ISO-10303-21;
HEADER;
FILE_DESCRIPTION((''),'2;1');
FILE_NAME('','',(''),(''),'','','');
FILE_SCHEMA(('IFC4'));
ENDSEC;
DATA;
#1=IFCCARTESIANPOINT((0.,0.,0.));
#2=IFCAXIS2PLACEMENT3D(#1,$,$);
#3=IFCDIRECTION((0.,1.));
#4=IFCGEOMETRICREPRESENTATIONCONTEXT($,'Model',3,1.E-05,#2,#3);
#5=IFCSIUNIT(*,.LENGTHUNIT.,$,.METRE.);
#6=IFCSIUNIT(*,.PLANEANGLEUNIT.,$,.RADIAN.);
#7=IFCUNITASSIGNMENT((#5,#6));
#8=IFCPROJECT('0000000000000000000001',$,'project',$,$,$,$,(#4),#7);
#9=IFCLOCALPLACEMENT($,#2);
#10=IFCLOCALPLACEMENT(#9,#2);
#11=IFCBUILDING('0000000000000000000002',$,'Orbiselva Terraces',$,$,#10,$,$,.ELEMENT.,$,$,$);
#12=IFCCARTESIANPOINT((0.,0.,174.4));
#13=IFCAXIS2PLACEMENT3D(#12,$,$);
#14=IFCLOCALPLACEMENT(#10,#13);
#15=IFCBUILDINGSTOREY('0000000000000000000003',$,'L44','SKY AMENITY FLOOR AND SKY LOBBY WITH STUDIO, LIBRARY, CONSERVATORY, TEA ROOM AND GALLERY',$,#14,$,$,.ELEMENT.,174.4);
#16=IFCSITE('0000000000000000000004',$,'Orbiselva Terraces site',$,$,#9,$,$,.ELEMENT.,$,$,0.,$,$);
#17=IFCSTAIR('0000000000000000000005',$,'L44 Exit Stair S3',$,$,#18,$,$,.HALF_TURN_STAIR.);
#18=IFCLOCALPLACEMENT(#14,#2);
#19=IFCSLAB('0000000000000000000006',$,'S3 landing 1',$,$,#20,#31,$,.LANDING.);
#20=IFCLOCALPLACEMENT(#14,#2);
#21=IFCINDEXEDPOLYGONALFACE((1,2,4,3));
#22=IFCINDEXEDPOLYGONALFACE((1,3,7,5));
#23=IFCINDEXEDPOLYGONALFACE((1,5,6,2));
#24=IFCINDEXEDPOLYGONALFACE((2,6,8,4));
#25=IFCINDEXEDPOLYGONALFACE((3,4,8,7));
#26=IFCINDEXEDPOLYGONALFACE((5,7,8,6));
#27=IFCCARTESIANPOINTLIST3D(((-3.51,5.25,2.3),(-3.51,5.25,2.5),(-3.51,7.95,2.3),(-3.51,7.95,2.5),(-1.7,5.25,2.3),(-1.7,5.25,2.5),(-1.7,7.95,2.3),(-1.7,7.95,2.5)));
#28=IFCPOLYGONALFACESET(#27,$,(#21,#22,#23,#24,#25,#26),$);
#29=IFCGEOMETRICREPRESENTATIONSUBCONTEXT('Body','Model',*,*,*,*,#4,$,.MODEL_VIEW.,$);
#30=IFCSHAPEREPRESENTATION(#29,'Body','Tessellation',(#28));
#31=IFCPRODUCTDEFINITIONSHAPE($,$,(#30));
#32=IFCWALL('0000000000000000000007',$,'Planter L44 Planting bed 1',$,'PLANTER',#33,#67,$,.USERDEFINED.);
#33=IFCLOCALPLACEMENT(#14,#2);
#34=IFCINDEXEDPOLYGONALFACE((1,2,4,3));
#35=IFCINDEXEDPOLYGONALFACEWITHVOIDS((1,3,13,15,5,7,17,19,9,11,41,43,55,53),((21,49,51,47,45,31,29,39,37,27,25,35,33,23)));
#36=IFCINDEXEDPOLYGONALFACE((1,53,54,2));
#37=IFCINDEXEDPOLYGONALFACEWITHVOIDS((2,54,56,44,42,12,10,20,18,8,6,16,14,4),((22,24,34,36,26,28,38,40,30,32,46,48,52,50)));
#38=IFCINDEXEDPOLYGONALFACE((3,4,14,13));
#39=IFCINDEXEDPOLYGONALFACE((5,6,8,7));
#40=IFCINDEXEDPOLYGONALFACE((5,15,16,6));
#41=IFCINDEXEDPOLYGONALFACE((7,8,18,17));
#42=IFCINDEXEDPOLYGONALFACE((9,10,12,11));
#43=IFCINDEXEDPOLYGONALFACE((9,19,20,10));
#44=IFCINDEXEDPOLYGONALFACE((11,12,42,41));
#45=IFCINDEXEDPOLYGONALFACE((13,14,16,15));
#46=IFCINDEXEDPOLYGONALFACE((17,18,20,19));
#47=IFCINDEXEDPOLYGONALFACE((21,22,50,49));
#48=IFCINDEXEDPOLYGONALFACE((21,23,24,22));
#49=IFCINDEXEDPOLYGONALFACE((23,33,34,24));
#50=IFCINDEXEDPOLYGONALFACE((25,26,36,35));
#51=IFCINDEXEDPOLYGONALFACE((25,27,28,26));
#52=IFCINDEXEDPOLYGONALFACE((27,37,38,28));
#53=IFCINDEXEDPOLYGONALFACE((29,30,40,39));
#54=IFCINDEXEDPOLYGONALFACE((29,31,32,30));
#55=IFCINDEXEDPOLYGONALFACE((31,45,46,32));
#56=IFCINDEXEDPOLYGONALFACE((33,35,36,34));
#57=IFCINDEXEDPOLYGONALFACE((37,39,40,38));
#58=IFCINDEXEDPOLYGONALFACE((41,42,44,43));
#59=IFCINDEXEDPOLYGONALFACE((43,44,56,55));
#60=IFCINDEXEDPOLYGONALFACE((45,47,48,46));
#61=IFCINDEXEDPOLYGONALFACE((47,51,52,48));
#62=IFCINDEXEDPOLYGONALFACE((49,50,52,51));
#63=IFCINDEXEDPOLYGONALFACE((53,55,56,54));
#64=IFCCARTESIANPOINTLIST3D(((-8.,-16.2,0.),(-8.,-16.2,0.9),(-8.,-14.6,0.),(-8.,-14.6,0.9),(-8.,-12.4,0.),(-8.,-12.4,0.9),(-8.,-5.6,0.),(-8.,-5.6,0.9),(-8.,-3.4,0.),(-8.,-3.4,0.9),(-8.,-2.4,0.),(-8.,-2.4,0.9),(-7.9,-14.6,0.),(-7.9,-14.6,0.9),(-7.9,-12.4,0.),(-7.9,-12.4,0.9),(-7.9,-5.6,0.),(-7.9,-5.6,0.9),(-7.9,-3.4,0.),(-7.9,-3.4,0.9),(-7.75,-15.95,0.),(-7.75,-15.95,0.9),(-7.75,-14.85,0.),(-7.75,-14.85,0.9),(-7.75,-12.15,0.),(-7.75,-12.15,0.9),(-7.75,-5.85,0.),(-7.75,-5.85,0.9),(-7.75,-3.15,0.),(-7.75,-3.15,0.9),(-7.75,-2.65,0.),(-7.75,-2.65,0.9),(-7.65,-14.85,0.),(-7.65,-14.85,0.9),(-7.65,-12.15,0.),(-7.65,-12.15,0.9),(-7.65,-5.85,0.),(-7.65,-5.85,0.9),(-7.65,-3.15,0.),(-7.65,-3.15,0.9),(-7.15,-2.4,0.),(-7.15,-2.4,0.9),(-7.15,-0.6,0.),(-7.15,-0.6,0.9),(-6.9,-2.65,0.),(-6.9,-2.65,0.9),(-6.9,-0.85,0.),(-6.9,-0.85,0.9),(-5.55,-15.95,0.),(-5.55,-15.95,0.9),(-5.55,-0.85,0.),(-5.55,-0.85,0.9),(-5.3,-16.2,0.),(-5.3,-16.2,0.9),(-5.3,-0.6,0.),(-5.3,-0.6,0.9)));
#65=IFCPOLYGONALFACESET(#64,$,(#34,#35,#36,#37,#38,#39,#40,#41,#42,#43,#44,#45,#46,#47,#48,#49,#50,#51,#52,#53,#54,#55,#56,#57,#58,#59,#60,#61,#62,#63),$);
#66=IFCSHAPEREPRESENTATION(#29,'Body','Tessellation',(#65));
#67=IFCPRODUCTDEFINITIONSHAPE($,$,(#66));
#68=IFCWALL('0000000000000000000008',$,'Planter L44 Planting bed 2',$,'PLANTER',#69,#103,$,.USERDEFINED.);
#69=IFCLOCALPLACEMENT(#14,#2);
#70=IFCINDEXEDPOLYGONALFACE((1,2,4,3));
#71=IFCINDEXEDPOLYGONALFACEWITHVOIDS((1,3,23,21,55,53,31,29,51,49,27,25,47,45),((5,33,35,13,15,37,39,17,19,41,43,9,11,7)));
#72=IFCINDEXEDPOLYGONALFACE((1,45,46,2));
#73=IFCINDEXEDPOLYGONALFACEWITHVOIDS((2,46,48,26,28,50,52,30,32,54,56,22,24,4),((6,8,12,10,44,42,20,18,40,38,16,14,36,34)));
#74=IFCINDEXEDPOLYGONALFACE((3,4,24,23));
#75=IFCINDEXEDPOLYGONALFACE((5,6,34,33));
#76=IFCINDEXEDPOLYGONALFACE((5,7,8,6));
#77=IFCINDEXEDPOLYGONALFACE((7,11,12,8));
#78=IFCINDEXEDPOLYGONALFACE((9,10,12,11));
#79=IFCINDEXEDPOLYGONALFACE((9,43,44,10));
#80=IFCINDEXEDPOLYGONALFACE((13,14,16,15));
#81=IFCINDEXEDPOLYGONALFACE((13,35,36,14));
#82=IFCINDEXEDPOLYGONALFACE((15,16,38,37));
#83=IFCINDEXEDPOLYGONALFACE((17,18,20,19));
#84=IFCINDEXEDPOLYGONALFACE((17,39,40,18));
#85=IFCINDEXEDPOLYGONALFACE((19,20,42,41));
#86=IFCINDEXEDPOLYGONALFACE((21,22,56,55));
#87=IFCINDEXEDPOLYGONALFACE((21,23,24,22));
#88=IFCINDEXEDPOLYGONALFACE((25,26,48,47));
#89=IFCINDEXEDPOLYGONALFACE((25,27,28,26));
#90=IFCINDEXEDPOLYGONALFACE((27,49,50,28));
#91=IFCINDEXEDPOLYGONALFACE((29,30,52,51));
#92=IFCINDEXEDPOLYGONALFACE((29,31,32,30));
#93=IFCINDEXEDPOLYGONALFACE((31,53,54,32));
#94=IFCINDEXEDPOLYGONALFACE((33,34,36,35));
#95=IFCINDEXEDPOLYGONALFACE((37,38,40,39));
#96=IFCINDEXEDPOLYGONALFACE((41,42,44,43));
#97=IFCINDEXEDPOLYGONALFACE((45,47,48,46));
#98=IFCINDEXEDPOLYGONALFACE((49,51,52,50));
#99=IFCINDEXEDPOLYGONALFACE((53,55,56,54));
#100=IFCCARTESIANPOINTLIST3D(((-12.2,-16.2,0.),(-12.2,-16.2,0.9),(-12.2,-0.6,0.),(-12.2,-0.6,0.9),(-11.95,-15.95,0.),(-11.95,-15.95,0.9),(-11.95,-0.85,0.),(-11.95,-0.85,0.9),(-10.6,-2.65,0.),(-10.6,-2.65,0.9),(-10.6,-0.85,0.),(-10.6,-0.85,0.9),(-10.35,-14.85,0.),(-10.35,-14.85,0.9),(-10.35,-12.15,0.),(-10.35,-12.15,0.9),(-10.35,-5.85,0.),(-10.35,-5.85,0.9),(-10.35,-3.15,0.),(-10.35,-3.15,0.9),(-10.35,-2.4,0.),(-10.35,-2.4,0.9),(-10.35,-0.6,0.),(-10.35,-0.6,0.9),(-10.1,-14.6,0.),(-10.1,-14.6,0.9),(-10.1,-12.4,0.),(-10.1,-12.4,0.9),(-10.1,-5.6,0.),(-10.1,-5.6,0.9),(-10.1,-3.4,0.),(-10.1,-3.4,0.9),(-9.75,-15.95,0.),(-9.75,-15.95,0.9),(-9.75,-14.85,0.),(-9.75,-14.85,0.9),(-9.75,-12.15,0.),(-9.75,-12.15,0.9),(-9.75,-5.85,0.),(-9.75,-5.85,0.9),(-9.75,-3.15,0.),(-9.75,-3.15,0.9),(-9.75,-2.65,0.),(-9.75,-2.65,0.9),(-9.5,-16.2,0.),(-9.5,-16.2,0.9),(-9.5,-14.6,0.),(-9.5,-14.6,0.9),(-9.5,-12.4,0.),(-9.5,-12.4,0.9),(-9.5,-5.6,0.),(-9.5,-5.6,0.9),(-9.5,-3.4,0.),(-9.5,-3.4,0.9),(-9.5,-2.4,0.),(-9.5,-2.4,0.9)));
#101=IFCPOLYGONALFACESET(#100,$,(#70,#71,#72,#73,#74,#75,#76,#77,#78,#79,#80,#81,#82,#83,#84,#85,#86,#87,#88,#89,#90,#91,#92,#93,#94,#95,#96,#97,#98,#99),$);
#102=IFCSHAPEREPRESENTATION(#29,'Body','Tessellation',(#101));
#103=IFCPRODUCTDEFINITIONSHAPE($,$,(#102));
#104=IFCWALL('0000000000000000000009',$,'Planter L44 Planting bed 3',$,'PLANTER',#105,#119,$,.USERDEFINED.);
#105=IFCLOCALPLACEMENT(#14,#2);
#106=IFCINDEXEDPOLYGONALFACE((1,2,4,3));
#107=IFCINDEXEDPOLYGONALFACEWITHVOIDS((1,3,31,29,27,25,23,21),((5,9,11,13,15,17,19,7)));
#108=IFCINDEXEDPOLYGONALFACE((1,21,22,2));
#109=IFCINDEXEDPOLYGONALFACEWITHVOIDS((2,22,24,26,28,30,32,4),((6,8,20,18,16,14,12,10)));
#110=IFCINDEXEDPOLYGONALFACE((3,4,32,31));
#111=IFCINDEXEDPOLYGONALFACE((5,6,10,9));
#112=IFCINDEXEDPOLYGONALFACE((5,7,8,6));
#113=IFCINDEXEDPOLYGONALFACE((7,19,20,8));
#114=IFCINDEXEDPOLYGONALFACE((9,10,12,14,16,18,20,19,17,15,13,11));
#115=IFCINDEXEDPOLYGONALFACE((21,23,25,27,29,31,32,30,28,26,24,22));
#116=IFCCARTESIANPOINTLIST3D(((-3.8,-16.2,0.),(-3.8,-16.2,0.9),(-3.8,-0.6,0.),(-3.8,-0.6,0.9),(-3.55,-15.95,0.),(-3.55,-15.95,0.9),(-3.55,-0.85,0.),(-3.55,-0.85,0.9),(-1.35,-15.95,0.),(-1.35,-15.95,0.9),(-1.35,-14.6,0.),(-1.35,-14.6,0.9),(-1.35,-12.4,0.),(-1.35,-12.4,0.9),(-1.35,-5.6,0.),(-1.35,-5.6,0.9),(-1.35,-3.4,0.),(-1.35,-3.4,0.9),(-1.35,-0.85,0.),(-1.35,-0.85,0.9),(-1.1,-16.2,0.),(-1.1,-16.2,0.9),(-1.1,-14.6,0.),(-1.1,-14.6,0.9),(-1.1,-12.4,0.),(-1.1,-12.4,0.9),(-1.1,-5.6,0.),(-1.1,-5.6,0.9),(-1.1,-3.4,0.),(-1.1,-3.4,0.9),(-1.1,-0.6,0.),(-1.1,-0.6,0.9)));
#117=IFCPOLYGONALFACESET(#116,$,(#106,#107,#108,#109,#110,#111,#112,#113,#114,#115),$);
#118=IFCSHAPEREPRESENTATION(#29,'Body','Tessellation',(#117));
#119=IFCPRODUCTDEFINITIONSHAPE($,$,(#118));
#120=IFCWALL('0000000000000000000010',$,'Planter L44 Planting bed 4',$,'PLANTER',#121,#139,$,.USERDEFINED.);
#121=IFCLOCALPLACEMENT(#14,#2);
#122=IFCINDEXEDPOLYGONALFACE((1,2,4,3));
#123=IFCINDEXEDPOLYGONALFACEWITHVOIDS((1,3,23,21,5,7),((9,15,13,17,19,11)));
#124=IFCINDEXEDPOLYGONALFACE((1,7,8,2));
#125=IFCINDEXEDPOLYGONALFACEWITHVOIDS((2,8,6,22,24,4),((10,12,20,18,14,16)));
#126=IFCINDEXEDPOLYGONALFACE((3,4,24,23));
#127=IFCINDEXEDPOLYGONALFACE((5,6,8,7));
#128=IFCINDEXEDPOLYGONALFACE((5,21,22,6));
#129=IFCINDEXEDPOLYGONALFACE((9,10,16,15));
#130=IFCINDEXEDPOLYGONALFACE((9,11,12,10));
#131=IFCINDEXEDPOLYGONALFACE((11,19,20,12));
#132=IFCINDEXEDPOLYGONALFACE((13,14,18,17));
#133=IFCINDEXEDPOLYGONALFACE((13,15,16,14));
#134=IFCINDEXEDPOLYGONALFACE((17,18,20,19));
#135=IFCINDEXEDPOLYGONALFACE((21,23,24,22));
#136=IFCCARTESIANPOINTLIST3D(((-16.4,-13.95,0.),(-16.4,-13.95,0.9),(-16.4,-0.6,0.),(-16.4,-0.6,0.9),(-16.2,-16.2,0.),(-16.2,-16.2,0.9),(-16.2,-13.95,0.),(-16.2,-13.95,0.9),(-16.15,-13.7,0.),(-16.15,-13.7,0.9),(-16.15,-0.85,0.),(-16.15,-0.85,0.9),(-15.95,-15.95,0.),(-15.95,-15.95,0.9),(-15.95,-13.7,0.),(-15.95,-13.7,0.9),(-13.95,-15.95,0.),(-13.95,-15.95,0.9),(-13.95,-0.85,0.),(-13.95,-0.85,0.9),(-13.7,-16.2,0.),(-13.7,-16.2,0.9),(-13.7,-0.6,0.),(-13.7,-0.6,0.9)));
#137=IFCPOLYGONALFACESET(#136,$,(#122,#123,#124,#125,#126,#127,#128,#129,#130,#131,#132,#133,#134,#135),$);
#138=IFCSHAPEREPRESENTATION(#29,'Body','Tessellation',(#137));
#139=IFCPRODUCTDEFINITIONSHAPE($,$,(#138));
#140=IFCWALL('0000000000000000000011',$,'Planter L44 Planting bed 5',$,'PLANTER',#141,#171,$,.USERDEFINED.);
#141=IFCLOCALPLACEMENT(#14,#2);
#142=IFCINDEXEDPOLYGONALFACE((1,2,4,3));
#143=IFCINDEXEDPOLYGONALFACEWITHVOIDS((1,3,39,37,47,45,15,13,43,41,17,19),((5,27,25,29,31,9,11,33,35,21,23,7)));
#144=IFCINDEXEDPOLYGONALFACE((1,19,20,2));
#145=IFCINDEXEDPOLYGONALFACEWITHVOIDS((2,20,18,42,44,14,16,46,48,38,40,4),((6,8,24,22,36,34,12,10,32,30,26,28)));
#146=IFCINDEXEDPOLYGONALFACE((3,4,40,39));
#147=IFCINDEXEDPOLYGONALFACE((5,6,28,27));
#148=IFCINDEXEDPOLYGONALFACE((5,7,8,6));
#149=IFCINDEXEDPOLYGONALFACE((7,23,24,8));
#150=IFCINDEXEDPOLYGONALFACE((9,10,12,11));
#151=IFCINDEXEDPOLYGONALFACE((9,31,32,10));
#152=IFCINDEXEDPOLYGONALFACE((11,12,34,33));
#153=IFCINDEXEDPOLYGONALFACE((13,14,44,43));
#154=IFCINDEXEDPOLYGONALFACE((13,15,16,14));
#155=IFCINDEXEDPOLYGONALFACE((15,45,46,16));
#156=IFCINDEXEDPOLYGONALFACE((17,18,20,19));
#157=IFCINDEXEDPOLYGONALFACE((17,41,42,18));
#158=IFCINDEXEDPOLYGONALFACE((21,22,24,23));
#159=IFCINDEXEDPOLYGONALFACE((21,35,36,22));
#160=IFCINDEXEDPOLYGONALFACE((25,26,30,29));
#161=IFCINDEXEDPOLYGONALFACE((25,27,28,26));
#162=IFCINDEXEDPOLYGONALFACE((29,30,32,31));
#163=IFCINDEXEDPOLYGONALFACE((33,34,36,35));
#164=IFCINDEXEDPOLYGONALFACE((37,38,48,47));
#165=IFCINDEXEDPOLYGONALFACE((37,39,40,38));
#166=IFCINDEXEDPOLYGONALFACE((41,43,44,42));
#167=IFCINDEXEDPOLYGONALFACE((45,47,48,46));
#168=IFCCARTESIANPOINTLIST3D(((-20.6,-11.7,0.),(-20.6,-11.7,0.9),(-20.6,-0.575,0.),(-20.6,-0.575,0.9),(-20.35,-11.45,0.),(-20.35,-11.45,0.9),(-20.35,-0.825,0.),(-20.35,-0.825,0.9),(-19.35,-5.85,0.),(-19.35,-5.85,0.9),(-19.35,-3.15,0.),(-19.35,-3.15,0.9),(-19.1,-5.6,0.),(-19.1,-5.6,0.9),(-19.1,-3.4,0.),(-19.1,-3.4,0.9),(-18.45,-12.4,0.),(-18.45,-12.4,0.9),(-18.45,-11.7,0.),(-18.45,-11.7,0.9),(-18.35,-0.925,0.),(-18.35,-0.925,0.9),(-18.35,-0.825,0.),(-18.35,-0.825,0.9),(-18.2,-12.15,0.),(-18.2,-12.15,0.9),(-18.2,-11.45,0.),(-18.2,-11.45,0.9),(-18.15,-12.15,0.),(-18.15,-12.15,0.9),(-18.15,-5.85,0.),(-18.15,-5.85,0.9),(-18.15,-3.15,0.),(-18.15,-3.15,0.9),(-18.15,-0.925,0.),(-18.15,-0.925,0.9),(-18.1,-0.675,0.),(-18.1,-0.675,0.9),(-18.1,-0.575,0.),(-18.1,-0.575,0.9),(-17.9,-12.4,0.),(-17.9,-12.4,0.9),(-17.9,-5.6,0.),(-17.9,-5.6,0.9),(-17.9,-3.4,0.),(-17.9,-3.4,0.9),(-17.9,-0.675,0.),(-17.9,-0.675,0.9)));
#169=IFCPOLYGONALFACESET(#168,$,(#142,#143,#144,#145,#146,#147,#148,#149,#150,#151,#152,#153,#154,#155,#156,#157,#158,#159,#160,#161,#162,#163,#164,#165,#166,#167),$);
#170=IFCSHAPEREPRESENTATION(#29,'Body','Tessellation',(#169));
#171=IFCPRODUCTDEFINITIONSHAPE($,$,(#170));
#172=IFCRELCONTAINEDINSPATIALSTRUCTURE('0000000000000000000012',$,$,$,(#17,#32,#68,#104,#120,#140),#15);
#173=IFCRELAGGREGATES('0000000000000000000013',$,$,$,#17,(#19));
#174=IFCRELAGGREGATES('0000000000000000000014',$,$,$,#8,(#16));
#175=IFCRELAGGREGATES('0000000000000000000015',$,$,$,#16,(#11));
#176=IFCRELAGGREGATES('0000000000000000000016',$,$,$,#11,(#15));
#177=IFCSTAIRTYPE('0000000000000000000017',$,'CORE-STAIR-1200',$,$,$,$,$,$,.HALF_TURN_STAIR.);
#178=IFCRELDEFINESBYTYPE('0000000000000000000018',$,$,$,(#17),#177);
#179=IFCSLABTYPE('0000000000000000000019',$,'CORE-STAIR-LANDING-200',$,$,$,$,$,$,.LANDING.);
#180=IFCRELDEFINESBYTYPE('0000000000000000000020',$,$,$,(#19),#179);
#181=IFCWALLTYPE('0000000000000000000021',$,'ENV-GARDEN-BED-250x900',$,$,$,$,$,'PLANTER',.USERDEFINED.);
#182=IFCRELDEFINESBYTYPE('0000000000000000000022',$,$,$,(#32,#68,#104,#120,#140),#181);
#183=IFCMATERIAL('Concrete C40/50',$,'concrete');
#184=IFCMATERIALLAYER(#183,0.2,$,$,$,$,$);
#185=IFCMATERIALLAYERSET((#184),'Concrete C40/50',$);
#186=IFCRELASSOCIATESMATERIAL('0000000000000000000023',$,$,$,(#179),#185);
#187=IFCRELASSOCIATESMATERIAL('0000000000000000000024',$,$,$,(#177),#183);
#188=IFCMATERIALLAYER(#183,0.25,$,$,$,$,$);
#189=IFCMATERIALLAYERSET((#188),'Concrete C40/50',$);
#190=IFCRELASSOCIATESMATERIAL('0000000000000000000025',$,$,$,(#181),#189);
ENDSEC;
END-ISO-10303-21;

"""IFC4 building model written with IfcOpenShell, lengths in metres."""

from ifc_helpers import new_model, si_unit, direction, frame, origin, place, context, subcontext, project, spatial, polyline, outline, extrude, material, layer, layer_set, type_object, element, aggregate, save


model = new_model("IFC4")

# Units and contexts
model_context = context("Model", 3, precision=1e-05, world=origin(), true_north=direction((0.0, 1.0)))
body_context = subcontext(model_context, "Body", "Model", "MODEL_VIEW")
ifc_project = project(units=[si_unit("LENGTHUNIT", "METRE"), si_unit("PLANEANGLEUNIT", "RADIAN")], contexts=[model_context])

# Site, building, storey
site_placement = place(None, origin())
site = spatial("IfcSite", under=ifc_project, at=site_placement, Name="Orbiselva Terraces site", CompositionType="ELEMENT", RefElevation=0.0)
building_placement = place(site_placement, origin())
building = spatial("IfcBuilding", under=site, at=building_placement, Name="Orbiselva Terraces", CompositionType="ELEMENT")
storey_placement = place(building_placement, frame((0.0, 0.0, 174.4)))
storey = spatial("IfcBuildingStorey", under=building, at=storey_placement, Name="L44", Description="SKY AMENITY FLOOR AND SKY LOBBY WITH STUDIO, LIBRARY, CONSERVATORY, TEA ROOM AND GALLERY", CompositionType="ELEMENT", Elevation=174.4)

# Shared definitions
ifc_material_1 = material(Name="Concrete C40/50", Category="concrete")

# Shared definitions
ifc_layer_1 = layer(ifc_material_1, 0.2)
ifc_layer_set_1 = layer_set([ifc_layer_1], Name="Concrete C40/50")
slab_type_1 = type_object("IfcSlabType", Name="CORE-STAIR-LANDING-200", PredefinedType="LANDING", material=ifc_layer_set_1)

# Stair, slab
stair_type_1 = type_object("IfcStairType", Name="CORE-STAIR-1200", PredefinedType="HALF_TURN_STAIR", material=ifc_material_1)
stair_1_placement = place(storey_placement, origin())
stair_1 = element("IfcStair", 1, at=stair_1_placement, inside=storey, type_object=stair_type_1, Name="L44 Exit Stair S3", PredefinedType="HALF_TURN_STAIR")
slab_1_placement = place(storey_placement, frame((0.0, 0.0, 2.3)))
slab_1 = element("IfcSlab", 2, at=slab_1_placement, type_object=slab_type_1, Name="S3 landing 1", PredefinedType="LANDING", context=body_context, shape_type="SweptSolid", body=[
    extrude(outline(polyline([(-3.51, 5.25), (-1.7, 5.25), (-1.7, 7.95), (-3.51, 7.95), (-3.51, 5.25)])), origin(), (0.0, 0.0, 1.0), 0.2),
])
aggregate(stair_1, [slab_1])

# Walls
ifc_layer_2 = layer(ifc_material_1, 0.25)
ifc_layer_set_2 = layer_set([ifc_layer_2], Name="Concrete C40/50")
wall_type = type_object("IfcWallType", Name="ENV-GARDEN-BED-250x900", ElementType="PLANTER", PredefinedType="USERDEFINED", material=ifc_layer_set_2)
wall_1_placement = place(storey_placement, origin())
element("IfcWall", 3, at=wall_1_placement, inside=storey, type_object=wall_type, Name="Planter L44 Planting bed 1", ObjectType="PLANTER", PredefinedType="USERDEFINED", context=body_context, shape_type="SweptSolid", body=[
    extrude(outline(polyline([(-5.3, -16.2), (-5.3, -0.6), (-7.15, -0.6), (-7.15, -2.4), (-8.0, -2.4), (-8.0, -3.4), (-7.9, -3.4), (-7.9, -5.6), (-8.0, -5.6), (-8.0, -12.4), (-7.9, -12.4), (-7.9, -14.6), (-8.0, -14.6), (-8.0, -16.2), (-5.3, -16.2)]), holes=[polyline([(-7.75, -15.95), (-7.75, -14.85), (-7.65, -14.85), (-7.65, -12.15), (-7.75, -12.15), (-7.75, -5.85), (-7.65, -5.85), (-7.65, -3.15), (-7.75, -3.15), (-7.75, -2.65), (-6.9, -2.65), (-6.9, -0.85), (-5.55, -0.85), (-5.55, -15.95), (-7.75, -15.95)])]), origin(), (0.0, 0.0, 1.0), 0.9),
])
wall_2_placement = place(storey_placement, origin())
element("IfcWall", 4, at=wall_2_placement, inside=storey, type_object=wall_type, Name="Planter L44 Planting bed 2", ObjectType="PLANTER", PredefinedType="USERDEFINED", context=body_context, shape_type="SweptSolid", body=[
    extrude(outline(polyline([(-9.5, -16.2), (-9.5, -14.6), (-10.1, -14.6), (-10.1, -12.4), (-9.5, -12.4), (-9.5, -5.6), (-10.1, -5.6), (-10.1, -3.4), (-9.5, -3.4), (-9.5, -2.4), (-10.35, -2.4), (-10.35, -0.6), (-12.2, -0.6), (-12.2, -16.2), (-9.5, -16.2)]), holes=[polyline([(-11.95, -15.95), (-11.95, -0.85), (-10.6, -0.85), (-10.6, -2.65), (-9.75, -2.65), (-9.75, -3.15), (-10.35, -3.15), (-10.35, -5.85), (-9.75, -5.85), (-9.75, -12.15), (-10.35, -12.15), (-10.35, -14.85), (-9.75, -14.85), (-9.75, -15.95), (-11.95, -15.95)])]), origin(), (0.0, 0.0, 1.0), 0.9),
])
wall_3_placement = place(storey_placement, origin())
element("IfcWall", 5, at=wall_3_placement, inside=storey, type_object=wall_type, Name="Planter L44 Planting bed 3", ObjectType="PLANTER", PredefinedType="USERDEFINED", context=body_context, shape_type="SweptSolid", body=[
    extrude(outline(polyline([(-1.1, -16.2), (-1.1, -14.6), (-1.1, -12.4), (-1.1, -5.6), (-1.1, -3.4), (-1.1, -0.6), (-3.8, -0.6), (-3.8, -16.2), (-1.1, -16.2)]), holes=[polyline([(-3.55, -15.95), (-3.55, -0.85), (-1.35, -0.85), (-1.35, -3.4), (-1.35, -5.6), (-1.35, -12.4), (-1.35, -14.6), (-1.35, -15.95), (-3.55, -15.95)])]), origin(), (0.0, 0.0, 1.0), 0.9),
])
wall_4_placement = place(storey_placement, origin())
element("IfcWall", 6, at=wall_4_placement, inside=storey, type_object=wall_type, Name="Planter L44 Planting bed 4", ObjectType="PLANTER", PredefinedType="USERDEFINED", context=body_context, shape_type="SweptSolid", body=[
    extrude(outline(polyline([(-13.7, -16.2), (-13.7, -0.6), (-16.4, -0.6), (-16.4, -13.95), (-16.2, -13.95), (-16.2, -16.2), (-13.7, -16.2)]), holes=[polyline([(-15.95, -15.95), (-15.95, -13.7), (-16.15, -13.7), (-16.15, -0.85), (-13.95, -0.85), (-13.95, -15.95), (-15.95, -15.95)])]), origin(), (0.0, 0.0, 1.0), 0.9),
])
wall_5_placement = place(storey_placement, origin())
element("IfcWall", 7, at=wall_5_placement, inside=storey, type_object=wall_type, Name="Planter L44 Planting bed 5", ObjectType="PLANTER", PredefinedType="USERDEFINED", context=body_context, shape_type="SweptSolid", body=[
    extrude(outline(polyline([(-17.9, -12.4), (-17.9, -5.6), (-19.1, -5.6), (-19.1, -3.4), (-17.9, -3.4), (-17.9, -0.675), (-18.1, -0.675), (-18.1, -0.575), (-20.6, -0.575), (-20.6, -11.7), (-18.45, -11.7), (-18.45, -12.4), (-17.9, -12.4)]), holes=[polyline([(-18.2, -12.15), (-18.2, -11.45), (-20.35, -11.45), (-20.35, -0.825), (-18.35, -0.825), (-18.35, -0.925), (-18.15, -0.925), (-18.15, -3.15), (-19.35, -3.15), (-19.35, -5.85), (-18.15, -5.85), (-18.15, -12.15), (-18.2, -12.15)])]), origin(), (0.0, 0.0, 1.0), 0.9),
])

save(model, "model.ifc")
